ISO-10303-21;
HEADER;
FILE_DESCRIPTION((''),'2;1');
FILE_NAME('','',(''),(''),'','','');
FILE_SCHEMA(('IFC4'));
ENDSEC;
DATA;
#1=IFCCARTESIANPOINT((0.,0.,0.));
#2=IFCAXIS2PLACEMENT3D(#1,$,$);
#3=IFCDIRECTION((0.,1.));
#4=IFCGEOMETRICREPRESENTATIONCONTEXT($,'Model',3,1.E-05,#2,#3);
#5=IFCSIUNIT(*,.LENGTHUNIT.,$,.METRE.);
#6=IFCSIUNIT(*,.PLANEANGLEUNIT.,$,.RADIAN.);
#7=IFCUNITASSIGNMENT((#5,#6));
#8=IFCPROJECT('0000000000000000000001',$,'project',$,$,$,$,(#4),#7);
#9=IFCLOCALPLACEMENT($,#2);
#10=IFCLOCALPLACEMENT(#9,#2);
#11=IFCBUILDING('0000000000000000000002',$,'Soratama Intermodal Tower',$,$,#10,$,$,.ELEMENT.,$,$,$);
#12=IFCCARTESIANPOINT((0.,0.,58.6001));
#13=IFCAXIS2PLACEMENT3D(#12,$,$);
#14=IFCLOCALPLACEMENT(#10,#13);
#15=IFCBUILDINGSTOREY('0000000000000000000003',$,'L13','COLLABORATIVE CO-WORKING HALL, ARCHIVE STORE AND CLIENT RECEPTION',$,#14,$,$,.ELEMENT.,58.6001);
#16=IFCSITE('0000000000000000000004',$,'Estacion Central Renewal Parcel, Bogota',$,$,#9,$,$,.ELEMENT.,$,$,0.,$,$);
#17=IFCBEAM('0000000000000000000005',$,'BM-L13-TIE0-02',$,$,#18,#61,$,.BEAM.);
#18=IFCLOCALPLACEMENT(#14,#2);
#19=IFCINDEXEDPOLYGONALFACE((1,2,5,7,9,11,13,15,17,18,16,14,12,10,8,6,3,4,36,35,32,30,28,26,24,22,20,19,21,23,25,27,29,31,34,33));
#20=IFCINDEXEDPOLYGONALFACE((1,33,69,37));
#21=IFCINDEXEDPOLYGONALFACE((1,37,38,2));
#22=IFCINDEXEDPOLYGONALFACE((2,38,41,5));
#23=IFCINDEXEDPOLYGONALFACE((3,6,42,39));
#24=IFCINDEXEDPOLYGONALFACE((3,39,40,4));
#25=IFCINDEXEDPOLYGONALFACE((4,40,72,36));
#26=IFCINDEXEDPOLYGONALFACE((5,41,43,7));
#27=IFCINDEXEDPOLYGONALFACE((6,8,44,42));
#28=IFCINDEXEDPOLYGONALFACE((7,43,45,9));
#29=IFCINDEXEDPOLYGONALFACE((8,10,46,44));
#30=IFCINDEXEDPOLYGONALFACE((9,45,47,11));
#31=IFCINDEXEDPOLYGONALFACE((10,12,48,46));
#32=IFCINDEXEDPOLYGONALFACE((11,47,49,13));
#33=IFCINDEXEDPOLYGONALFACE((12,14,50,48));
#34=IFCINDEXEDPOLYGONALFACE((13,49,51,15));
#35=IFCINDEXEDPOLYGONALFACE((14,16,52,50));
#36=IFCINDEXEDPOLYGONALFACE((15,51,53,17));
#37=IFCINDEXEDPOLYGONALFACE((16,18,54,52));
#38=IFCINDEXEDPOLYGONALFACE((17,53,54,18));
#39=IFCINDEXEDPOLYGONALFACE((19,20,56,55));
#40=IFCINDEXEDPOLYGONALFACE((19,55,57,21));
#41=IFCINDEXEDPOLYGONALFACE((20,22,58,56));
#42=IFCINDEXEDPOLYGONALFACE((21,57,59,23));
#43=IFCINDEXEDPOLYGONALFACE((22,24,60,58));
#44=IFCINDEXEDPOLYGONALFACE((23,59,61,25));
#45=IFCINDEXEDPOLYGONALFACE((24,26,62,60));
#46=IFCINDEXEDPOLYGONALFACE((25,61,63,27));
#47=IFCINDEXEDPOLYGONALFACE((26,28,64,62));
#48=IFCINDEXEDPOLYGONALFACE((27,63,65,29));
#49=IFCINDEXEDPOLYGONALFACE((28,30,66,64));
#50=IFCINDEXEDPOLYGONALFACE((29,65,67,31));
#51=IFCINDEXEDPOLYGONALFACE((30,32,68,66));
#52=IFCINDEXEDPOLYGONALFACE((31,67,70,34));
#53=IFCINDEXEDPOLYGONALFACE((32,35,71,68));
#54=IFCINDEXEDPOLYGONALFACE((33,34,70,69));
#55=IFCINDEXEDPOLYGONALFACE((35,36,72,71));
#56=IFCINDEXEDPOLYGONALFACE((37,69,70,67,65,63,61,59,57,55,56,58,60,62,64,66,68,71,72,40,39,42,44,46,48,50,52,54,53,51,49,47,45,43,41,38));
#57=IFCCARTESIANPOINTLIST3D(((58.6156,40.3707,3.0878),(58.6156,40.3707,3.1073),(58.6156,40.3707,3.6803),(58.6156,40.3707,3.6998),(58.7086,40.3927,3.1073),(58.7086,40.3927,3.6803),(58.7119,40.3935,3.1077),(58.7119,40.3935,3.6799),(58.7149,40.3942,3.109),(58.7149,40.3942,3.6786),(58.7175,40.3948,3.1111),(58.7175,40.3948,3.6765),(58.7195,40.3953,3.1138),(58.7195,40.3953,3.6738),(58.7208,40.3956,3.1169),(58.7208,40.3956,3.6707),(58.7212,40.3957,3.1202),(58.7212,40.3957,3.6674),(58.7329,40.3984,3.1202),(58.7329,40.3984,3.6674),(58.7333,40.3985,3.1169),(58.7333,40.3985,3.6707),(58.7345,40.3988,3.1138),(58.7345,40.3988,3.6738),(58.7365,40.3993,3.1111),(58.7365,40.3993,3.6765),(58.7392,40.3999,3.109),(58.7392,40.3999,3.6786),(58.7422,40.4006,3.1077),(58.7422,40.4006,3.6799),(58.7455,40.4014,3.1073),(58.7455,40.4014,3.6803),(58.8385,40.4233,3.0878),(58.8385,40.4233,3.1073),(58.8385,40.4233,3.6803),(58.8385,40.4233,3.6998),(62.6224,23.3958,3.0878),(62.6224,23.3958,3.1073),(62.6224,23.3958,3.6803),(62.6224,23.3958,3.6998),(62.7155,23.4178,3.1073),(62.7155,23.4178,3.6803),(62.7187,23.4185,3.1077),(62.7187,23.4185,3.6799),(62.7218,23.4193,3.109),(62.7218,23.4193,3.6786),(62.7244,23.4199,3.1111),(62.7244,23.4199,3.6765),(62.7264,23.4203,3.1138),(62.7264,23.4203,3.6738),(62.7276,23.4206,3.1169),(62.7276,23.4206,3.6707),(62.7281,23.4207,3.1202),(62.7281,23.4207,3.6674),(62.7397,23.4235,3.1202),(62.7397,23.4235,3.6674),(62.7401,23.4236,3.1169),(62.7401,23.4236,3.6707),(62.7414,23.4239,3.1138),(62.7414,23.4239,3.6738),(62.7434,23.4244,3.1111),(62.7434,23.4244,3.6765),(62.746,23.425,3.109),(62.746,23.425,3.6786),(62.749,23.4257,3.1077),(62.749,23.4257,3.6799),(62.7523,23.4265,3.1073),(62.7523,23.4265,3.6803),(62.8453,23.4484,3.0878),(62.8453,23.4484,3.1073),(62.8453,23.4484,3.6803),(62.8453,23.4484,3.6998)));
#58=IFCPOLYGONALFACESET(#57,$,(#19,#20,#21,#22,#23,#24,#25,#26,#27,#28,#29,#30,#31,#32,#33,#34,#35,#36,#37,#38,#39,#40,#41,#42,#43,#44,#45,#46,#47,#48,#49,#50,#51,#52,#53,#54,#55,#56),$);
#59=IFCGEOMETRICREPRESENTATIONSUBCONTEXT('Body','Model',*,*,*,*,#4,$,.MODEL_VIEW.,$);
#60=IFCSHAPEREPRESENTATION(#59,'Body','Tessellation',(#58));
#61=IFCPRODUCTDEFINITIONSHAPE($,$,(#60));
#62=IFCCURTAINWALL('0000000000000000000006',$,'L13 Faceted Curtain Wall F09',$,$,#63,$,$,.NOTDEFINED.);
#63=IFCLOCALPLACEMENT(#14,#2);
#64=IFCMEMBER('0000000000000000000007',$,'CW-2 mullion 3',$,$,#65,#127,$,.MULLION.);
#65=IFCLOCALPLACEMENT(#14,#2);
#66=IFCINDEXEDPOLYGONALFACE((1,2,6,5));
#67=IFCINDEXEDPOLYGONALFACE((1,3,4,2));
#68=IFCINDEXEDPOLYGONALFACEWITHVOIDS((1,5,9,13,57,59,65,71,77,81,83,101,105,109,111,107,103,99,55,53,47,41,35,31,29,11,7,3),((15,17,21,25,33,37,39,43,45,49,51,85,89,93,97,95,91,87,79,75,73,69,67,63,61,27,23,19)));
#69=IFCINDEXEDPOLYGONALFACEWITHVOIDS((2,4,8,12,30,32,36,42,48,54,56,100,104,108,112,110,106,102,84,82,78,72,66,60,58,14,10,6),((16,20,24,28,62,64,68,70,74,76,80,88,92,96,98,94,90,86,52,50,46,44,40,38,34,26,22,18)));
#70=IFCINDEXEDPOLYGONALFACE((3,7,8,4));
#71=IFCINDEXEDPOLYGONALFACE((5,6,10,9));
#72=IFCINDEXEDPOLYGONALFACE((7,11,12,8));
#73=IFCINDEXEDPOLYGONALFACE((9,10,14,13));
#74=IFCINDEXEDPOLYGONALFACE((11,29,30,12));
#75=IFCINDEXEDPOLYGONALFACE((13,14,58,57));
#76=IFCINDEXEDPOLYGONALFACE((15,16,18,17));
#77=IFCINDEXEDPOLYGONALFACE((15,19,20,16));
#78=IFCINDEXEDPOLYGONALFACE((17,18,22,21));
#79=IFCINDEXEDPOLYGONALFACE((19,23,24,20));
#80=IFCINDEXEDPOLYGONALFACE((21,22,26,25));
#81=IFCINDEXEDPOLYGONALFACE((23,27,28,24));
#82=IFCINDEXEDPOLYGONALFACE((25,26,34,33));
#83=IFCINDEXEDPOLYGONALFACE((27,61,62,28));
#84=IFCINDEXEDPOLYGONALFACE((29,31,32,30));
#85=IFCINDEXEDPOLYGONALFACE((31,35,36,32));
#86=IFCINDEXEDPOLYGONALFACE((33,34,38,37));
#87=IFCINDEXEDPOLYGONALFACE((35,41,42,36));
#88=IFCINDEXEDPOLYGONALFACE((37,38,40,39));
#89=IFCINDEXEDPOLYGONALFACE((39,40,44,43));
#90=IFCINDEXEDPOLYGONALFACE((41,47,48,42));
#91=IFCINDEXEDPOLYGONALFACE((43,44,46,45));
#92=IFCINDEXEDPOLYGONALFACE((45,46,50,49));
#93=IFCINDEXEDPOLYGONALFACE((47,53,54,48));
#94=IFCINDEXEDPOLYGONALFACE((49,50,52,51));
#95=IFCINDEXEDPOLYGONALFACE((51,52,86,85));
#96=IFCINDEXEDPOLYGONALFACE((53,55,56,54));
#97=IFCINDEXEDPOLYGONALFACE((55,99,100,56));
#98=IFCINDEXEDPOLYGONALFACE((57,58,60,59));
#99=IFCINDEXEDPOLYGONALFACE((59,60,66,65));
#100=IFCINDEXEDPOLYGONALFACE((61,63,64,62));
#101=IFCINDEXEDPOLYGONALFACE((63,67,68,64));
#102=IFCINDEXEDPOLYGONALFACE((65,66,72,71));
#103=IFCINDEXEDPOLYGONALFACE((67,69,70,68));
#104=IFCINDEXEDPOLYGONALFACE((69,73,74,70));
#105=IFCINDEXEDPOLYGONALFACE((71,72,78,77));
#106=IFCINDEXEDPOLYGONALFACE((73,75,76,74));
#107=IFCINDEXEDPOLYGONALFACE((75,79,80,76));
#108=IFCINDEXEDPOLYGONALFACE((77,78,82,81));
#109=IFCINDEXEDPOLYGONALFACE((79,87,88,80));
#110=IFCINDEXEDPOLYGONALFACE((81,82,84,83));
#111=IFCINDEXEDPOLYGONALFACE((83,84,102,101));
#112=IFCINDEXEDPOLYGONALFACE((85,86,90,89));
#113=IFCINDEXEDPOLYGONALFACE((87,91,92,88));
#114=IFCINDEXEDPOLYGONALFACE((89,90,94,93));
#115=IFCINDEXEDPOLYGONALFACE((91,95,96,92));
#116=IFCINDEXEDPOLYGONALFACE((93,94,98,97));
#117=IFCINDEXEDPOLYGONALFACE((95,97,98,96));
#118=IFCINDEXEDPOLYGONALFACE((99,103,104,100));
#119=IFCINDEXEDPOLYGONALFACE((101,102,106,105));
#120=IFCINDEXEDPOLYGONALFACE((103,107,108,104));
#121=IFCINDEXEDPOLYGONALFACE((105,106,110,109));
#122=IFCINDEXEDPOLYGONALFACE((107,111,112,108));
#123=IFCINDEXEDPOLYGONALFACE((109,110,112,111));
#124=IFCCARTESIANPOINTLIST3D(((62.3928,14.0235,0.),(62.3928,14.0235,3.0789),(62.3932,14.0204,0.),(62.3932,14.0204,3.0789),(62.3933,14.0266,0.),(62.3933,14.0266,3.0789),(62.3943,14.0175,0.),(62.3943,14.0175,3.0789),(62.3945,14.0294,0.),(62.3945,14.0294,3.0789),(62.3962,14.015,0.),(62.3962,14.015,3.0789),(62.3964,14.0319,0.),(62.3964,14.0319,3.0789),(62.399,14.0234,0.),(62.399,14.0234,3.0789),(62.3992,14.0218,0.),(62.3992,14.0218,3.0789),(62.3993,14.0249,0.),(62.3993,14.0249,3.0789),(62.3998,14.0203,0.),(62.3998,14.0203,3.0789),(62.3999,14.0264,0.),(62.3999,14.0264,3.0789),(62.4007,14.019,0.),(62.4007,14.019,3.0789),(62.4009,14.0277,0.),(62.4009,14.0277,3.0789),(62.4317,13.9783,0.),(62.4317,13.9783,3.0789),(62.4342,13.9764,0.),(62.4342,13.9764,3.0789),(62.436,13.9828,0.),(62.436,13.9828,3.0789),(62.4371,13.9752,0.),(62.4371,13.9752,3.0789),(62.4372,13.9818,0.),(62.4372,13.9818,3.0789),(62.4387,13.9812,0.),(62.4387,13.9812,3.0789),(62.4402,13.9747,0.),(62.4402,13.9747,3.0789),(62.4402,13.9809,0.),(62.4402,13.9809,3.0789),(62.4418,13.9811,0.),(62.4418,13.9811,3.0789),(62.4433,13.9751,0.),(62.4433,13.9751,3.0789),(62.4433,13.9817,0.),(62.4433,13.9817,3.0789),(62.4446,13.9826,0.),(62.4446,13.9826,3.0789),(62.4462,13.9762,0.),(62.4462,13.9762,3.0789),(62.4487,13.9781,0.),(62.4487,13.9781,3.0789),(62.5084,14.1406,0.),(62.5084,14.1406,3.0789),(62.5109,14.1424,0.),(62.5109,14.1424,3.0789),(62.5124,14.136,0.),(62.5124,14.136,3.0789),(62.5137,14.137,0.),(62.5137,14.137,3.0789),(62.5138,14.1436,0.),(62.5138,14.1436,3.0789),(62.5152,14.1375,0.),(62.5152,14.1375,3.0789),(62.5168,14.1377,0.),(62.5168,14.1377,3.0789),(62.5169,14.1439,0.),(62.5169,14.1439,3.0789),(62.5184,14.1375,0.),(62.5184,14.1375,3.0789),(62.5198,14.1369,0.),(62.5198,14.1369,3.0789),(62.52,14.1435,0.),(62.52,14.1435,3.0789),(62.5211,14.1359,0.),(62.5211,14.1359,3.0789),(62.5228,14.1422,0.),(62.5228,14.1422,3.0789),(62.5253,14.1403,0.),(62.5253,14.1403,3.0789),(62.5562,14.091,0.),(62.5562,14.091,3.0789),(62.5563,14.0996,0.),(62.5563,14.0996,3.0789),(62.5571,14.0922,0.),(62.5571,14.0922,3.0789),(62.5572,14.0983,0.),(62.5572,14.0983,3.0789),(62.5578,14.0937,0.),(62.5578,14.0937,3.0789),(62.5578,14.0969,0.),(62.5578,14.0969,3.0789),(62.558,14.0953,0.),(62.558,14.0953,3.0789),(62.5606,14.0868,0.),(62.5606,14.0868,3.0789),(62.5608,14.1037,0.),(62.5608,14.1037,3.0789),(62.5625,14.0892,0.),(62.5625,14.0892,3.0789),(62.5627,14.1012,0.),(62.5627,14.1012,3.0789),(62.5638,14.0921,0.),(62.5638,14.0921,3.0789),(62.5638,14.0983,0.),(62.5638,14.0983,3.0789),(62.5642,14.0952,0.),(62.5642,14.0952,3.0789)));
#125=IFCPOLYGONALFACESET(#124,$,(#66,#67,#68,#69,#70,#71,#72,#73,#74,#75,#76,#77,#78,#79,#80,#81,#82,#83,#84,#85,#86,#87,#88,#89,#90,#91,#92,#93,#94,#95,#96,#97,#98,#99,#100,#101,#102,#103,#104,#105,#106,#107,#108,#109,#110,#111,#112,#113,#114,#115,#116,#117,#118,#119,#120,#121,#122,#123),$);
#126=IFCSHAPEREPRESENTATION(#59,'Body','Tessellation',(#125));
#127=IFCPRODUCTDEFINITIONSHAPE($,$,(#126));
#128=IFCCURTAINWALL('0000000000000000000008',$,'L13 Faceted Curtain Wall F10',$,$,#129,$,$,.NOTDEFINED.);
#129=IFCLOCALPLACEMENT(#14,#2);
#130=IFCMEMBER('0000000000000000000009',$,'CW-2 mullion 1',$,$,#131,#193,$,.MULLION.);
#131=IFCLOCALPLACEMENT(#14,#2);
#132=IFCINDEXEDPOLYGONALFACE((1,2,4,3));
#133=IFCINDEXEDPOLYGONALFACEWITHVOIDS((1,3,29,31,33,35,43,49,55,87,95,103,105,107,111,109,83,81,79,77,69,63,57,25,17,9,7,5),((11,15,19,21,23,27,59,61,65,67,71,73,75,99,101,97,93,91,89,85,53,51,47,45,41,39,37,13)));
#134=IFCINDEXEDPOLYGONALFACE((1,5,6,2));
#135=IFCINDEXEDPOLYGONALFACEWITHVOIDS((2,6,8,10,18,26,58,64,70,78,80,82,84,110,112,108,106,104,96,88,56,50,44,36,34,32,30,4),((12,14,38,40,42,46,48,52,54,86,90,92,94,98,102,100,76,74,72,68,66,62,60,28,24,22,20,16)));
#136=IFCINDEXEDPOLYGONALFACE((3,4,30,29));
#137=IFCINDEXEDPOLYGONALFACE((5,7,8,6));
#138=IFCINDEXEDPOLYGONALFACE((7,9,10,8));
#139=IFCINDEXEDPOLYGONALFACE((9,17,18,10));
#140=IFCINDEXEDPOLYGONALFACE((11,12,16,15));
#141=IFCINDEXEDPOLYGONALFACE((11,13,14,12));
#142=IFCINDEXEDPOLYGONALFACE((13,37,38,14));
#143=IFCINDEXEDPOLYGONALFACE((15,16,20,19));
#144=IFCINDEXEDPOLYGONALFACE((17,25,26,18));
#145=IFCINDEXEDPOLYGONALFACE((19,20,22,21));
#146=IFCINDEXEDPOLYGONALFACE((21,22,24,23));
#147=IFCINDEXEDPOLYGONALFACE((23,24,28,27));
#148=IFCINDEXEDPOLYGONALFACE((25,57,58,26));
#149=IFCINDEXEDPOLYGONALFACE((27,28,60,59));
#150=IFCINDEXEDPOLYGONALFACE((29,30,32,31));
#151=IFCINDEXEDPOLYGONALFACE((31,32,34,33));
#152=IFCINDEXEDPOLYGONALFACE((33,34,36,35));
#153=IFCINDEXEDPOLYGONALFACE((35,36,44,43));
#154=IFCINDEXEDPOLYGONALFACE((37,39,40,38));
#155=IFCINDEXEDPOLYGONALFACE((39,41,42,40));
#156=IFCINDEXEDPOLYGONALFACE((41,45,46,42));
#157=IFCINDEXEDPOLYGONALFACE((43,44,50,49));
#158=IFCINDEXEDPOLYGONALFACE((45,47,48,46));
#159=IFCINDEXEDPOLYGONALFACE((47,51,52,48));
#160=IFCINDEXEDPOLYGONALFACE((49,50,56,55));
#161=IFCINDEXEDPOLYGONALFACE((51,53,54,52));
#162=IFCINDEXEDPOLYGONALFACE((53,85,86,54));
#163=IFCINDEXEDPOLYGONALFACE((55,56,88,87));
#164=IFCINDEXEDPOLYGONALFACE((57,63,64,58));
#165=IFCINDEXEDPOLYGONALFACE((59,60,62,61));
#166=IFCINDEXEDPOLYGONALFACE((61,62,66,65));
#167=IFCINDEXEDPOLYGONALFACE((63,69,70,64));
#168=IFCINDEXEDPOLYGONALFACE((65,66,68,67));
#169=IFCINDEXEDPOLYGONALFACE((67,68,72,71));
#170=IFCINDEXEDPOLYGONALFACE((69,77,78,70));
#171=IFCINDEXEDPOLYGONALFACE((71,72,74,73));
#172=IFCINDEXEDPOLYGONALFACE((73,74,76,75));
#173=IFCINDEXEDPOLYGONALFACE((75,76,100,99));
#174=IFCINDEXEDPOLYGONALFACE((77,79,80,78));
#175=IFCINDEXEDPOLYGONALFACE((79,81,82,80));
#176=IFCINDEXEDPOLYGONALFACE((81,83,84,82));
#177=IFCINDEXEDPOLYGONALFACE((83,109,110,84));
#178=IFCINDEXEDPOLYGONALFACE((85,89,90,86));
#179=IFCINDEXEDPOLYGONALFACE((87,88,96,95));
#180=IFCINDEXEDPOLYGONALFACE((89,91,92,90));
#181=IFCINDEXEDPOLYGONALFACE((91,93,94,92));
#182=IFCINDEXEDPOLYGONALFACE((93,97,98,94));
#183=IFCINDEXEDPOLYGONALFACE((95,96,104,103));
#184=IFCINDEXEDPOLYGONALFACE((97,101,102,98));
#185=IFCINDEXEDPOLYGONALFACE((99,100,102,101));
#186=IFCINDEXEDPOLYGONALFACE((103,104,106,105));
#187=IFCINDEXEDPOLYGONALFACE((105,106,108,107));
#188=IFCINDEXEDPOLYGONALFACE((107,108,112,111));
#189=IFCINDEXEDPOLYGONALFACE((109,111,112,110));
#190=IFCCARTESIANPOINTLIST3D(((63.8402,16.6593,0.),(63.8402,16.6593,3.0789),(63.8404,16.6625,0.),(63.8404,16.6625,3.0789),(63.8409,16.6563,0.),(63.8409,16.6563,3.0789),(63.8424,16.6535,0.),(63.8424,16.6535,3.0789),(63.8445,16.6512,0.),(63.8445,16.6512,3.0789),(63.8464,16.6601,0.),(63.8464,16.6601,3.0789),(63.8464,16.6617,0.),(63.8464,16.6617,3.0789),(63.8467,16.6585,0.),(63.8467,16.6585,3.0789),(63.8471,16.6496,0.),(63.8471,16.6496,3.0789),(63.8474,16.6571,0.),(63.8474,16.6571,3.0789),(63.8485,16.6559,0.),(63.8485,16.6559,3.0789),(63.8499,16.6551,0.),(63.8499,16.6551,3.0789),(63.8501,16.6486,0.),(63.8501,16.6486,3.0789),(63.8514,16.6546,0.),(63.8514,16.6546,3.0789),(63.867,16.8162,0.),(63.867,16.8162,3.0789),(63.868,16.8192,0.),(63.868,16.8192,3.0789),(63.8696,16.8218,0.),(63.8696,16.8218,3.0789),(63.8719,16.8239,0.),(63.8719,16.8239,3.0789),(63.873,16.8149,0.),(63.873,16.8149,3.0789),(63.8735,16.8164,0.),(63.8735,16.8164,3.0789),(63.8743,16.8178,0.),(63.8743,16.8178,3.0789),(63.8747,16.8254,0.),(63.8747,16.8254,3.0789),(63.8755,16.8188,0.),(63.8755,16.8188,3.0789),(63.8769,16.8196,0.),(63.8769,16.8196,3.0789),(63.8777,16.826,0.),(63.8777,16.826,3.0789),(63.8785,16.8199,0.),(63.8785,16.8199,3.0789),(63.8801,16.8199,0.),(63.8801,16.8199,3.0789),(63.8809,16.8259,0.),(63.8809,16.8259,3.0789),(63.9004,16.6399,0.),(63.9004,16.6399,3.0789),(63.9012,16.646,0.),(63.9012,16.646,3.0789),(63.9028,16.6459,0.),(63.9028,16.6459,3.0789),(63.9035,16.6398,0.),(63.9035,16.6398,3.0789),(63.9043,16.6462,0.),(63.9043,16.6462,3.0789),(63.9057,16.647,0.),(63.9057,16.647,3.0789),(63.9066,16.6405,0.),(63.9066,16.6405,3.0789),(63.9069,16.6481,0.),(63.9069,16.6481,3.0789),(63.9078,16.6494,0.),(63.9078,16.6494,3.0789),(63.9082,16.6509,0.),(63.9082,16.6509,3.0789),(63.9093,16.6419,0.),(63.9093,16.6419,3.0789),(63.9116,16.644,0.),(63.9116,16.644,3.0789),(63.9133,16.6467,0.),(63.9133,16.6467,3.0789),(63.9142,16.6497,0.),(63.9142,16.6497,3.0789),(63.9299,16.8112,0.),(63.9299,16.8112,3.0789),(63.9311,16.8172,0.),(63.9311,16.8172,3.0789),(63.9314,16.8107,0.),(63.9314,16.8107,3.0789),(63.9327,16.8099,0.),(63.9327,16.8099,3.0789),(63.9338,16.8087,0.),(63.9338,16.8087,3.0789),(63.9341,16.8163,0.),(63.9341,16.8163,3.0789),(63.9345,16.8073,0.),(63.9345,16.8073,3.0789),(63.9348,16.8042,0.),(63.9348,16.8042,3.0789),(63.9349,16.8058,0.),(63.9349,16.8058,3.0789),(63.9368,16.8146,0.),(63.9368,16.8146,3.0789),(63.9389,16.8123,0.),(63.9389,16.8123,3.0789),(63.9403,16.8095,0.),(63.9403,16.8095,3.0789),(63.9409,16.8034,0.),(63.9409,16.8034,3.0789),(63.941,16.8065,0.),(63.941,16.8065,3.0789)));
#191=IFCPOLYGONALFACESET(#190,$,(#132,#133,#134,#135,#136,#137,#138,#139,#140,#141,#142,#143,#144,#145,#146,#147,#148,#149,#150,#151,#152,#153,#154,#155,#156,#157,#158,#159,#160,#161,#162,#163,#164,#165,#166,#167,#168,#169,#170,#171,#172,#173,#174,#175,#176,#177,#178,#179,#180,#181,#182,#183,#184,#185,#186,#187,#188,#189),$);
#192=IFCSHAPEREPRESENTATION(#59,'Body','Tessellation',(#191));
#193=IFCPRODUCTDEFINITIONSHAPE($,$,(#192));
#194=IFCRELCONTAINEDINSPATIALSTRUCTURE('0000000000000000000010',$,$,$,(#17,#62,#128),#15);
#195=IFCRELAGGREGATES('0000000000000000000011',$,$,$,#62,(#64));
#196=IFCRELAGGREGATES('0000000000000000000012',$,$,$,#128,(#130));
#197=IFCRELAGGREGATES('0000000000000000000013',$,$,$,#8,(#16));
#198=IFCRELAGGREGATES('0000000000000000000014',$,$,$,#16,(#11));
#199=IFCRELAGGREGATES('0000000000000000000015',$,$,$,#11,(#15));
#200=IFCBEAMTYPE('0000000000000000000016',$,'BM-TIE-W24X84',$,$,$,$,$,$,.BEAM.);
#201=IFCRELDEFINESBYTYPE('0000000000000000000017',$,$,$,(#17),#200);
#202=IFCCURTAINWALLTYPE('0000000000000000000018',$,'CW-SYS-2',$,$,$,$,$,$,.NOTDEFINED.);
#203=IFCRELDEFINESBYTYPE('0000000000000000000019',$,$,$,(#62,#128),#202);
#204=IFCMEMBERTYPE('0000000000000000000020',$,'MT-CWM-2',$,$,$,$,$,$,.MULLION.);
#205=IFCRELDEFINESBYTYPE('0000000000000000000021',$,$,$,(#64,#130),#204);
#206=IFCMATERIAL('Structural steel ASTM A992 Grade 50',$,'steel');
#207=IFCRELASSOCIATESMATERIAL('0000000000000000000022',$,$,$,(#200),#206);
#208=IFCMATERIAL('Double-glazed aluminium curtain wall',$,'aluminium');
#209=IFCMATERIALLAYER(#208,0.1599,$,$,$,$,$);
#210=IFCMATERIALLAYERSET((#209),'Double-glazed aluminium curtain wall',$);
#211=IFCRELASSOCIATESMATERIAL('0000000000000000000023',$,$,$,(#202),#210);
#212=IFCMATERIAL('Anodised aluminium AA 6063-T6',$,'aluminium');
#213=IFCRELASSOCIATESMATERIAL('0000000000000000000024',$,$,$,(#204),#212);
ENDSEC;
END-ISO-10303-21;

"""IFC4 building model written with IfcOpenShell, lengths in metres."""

from ifc_helpers import new_model, si_unit, direction, frame, origin, origin_2d, place, context, subcontext, project, spatial, hollow_rectangle, i_section, extrude, material, layer, layer_set, material_profile, profile_set, type_object, element, aggregate, save


model = new_model("IFC4")

# Units and contexts
model_context = context("Model", 3, precision=1e-05, world=origin(), true_north=direction((0.0, 1.0)))
body_context = subcontext(model_context, "Body", "Model", "MODEL_VIEW")
ifc_project = project(units=[si_unit("LENGTHUNIT", "METRE"), si_unit("PLANEANGLEUNIT", "RADIAN")], contexts=[model_context])

# Site, building, storey
site_placement = place(None, origin())
site = spatial("IfcSite", under=ifc_project, at=site_placement, Name="Estacion Central Renewal Parcel, Bogota", CompositionType="ELEMENT", RefElevation=0.0)
building_placement = place(site_placement, origin())
building = spatial("IfcBuilding", under=site, at=building_placement, Name="Soratama Intermodal Tower", CompositionType="ELEMENT")
storey_placement = place(building_placement, frame((0.0, 0.0, 58.6001)))
storey = spatial("IfcBuildingStorey", under=building, at=storey_placement, Name="L13", Description="COLLABORATIVE CO-WORKING HALL, ARCHIVE STORE AND CLIENT RECEPTION", CompositionType="ELEMENT", Elevation=58.6001)

# Beam
ifc_material_1 = material(Name="Structural steel ASTM A992 Grade 50", Category="steel")
ifc_material_profile_1 = material_profile(ifc_material_1, i_section(OverallWidth=0.229, OverallDepth=0.6121, WebThickness=0.012, FlangeThickness=0.0195, FilletRadius=0.0129, at=origin_2d()), Name="W24X84")
ifc_profile_set_1 = profile_set([ifc_material_profile_1], Name="Structural steel ASTM A992 Grade 50")
beam_type_1 = type_object("IfcBeamType", Name="BM-TIE-W24X84", PredefinedType="BEAM", material=ifc_profile_set_1)
beam_1_placement = place(storey_placement, frame((62.7339, 23.4221, 3.3938), z_axis=(-0.229732, 0.973254, 0.0), x_axis=(-0.973254, -0.229732, 0.0)))
element("IfcBeam", 1, at=beam_1_placement, inside=storey, type_object=beam_type_1, Name="BM-L13-TIE0-02", PredefinedType="BEAM", context=body_context, shape_type="SweptSolid", body=[
    extrude(i_section(OverallWidth=0.229, OverallDepth=0.6121, WebThickness=0.012, FlangeThickness=0.0195, FilletRadius=0.0129, at=origin_2d()), origin(), (0.0, 0.0, 1.0), 17.4414),
])

# Curtain wall, member
ifc_material_2 = material(Name="Double-glazed aluminium curtain wall", Category="aluminium")
ifc_layer_1 = layer(ifc_material_2, 0.1599)
ifc_layer_set_1 = layer_set([ifc_layer_1], Name="Double-glazed aluminium curtain wall")
curtain_wall_type = type_object("IfcCurtainWallType", Name="CW-SYS-2", PredefinedType="NOTDEFINED", material=ifc_layer_set_1)
curtain_wall_1_placement = place(storey_placement, origin())
curtain_wall_1 = element("IfcCurtainWall", 2, at=curtain_wall_1_placement, inside=storey, type_object=curtain_wall_type, Name="L13 Faceted Curtain Wall F09", PredefinedType="NOTDEFINED")
ifc_material_3 = material(Name="Anodised aluminium AA 6063-T6", Category="aluminium")
ifc_material_profile_2 = material_profile(ifc_material_3, hollow_rectangle(XDim=0.075, YDim=0.1799, WallThickness=0.0061, InnerFilletRadius=0.0061, OuterFilletRadius=0.012, at=origin_2d()), Name="CWM180X75X6")
ifc_profile_set_2 = profile_set([ifc_material_profile_2], Name="Anodised aluminium AA 6063-T6")
member_type_1 = type_object("IfcMemberType", Name="MT-CWM-2", PredefinedType="MULLION", material=ifc_profile_set_2)
member_1_placement = place(storey_placement, frame((62.4785, 14.0593, 0.0), z_axis=(0.0, 0.0, 1.0), x_axis=(-0.696666, 0.717396, 0.0)))
member_1 = element("IfcMember", 3, at=member_1_placement, type_object=member_type_1, Name="CW-2 mullion 3", PredefinedType="MULLION", context=body_context, shape_type="SweptSolid", body=[
    extrude(hollow_rectangle(XDim=0.075, YDim=0.1799, WallThickness=0.0061, InnerFilletRadius=0.0061, OuterFilletRadius=0.012, at=origin_2d()), origin(), (0.0, 0.0, 1.0), 3.0789),
])
aggregate(curtain_wall_1, [member_1])

# Curtain wall, member
curtain_wall_2_placement = place(storey_placement, origin())
curtain_wall_2 = element("IfcCurtainWall", 4, at=curtain_wall_2_placement, inside=storey, type_object=curtain_wall_type, Name="L13 Faceted Curtain Wall F10", PredefinedType="NOTDEFINED")
member_2_placement = place(storey_placement, frame((63.8906, 16.7329, 0.0), z_axis=(0.0, 0.0, 1.0), x_axis=(-0.985289, 0.170899, 0.0)))
member_2 = element("IfcMember", 5, at=member_2_placement, type_object=member_type_1, Name="CW-2 mullion 1", PredefinedType="MULLION", context=body_context, shape_type="SweptSolid", body=[
    extrude(hollow_rectangle(XDim=0.075, YDim=0.1799, WallThickness=0.0061, InnerFilletRadius=0.0061, OuterFilletRadius=0.012, at=origin_2d()), origin(), (0.0, 0.0, 1.0), 3.0789),
])
aggregate(curtain_wall_2, [member_2])

save(model, "model.ifc")
